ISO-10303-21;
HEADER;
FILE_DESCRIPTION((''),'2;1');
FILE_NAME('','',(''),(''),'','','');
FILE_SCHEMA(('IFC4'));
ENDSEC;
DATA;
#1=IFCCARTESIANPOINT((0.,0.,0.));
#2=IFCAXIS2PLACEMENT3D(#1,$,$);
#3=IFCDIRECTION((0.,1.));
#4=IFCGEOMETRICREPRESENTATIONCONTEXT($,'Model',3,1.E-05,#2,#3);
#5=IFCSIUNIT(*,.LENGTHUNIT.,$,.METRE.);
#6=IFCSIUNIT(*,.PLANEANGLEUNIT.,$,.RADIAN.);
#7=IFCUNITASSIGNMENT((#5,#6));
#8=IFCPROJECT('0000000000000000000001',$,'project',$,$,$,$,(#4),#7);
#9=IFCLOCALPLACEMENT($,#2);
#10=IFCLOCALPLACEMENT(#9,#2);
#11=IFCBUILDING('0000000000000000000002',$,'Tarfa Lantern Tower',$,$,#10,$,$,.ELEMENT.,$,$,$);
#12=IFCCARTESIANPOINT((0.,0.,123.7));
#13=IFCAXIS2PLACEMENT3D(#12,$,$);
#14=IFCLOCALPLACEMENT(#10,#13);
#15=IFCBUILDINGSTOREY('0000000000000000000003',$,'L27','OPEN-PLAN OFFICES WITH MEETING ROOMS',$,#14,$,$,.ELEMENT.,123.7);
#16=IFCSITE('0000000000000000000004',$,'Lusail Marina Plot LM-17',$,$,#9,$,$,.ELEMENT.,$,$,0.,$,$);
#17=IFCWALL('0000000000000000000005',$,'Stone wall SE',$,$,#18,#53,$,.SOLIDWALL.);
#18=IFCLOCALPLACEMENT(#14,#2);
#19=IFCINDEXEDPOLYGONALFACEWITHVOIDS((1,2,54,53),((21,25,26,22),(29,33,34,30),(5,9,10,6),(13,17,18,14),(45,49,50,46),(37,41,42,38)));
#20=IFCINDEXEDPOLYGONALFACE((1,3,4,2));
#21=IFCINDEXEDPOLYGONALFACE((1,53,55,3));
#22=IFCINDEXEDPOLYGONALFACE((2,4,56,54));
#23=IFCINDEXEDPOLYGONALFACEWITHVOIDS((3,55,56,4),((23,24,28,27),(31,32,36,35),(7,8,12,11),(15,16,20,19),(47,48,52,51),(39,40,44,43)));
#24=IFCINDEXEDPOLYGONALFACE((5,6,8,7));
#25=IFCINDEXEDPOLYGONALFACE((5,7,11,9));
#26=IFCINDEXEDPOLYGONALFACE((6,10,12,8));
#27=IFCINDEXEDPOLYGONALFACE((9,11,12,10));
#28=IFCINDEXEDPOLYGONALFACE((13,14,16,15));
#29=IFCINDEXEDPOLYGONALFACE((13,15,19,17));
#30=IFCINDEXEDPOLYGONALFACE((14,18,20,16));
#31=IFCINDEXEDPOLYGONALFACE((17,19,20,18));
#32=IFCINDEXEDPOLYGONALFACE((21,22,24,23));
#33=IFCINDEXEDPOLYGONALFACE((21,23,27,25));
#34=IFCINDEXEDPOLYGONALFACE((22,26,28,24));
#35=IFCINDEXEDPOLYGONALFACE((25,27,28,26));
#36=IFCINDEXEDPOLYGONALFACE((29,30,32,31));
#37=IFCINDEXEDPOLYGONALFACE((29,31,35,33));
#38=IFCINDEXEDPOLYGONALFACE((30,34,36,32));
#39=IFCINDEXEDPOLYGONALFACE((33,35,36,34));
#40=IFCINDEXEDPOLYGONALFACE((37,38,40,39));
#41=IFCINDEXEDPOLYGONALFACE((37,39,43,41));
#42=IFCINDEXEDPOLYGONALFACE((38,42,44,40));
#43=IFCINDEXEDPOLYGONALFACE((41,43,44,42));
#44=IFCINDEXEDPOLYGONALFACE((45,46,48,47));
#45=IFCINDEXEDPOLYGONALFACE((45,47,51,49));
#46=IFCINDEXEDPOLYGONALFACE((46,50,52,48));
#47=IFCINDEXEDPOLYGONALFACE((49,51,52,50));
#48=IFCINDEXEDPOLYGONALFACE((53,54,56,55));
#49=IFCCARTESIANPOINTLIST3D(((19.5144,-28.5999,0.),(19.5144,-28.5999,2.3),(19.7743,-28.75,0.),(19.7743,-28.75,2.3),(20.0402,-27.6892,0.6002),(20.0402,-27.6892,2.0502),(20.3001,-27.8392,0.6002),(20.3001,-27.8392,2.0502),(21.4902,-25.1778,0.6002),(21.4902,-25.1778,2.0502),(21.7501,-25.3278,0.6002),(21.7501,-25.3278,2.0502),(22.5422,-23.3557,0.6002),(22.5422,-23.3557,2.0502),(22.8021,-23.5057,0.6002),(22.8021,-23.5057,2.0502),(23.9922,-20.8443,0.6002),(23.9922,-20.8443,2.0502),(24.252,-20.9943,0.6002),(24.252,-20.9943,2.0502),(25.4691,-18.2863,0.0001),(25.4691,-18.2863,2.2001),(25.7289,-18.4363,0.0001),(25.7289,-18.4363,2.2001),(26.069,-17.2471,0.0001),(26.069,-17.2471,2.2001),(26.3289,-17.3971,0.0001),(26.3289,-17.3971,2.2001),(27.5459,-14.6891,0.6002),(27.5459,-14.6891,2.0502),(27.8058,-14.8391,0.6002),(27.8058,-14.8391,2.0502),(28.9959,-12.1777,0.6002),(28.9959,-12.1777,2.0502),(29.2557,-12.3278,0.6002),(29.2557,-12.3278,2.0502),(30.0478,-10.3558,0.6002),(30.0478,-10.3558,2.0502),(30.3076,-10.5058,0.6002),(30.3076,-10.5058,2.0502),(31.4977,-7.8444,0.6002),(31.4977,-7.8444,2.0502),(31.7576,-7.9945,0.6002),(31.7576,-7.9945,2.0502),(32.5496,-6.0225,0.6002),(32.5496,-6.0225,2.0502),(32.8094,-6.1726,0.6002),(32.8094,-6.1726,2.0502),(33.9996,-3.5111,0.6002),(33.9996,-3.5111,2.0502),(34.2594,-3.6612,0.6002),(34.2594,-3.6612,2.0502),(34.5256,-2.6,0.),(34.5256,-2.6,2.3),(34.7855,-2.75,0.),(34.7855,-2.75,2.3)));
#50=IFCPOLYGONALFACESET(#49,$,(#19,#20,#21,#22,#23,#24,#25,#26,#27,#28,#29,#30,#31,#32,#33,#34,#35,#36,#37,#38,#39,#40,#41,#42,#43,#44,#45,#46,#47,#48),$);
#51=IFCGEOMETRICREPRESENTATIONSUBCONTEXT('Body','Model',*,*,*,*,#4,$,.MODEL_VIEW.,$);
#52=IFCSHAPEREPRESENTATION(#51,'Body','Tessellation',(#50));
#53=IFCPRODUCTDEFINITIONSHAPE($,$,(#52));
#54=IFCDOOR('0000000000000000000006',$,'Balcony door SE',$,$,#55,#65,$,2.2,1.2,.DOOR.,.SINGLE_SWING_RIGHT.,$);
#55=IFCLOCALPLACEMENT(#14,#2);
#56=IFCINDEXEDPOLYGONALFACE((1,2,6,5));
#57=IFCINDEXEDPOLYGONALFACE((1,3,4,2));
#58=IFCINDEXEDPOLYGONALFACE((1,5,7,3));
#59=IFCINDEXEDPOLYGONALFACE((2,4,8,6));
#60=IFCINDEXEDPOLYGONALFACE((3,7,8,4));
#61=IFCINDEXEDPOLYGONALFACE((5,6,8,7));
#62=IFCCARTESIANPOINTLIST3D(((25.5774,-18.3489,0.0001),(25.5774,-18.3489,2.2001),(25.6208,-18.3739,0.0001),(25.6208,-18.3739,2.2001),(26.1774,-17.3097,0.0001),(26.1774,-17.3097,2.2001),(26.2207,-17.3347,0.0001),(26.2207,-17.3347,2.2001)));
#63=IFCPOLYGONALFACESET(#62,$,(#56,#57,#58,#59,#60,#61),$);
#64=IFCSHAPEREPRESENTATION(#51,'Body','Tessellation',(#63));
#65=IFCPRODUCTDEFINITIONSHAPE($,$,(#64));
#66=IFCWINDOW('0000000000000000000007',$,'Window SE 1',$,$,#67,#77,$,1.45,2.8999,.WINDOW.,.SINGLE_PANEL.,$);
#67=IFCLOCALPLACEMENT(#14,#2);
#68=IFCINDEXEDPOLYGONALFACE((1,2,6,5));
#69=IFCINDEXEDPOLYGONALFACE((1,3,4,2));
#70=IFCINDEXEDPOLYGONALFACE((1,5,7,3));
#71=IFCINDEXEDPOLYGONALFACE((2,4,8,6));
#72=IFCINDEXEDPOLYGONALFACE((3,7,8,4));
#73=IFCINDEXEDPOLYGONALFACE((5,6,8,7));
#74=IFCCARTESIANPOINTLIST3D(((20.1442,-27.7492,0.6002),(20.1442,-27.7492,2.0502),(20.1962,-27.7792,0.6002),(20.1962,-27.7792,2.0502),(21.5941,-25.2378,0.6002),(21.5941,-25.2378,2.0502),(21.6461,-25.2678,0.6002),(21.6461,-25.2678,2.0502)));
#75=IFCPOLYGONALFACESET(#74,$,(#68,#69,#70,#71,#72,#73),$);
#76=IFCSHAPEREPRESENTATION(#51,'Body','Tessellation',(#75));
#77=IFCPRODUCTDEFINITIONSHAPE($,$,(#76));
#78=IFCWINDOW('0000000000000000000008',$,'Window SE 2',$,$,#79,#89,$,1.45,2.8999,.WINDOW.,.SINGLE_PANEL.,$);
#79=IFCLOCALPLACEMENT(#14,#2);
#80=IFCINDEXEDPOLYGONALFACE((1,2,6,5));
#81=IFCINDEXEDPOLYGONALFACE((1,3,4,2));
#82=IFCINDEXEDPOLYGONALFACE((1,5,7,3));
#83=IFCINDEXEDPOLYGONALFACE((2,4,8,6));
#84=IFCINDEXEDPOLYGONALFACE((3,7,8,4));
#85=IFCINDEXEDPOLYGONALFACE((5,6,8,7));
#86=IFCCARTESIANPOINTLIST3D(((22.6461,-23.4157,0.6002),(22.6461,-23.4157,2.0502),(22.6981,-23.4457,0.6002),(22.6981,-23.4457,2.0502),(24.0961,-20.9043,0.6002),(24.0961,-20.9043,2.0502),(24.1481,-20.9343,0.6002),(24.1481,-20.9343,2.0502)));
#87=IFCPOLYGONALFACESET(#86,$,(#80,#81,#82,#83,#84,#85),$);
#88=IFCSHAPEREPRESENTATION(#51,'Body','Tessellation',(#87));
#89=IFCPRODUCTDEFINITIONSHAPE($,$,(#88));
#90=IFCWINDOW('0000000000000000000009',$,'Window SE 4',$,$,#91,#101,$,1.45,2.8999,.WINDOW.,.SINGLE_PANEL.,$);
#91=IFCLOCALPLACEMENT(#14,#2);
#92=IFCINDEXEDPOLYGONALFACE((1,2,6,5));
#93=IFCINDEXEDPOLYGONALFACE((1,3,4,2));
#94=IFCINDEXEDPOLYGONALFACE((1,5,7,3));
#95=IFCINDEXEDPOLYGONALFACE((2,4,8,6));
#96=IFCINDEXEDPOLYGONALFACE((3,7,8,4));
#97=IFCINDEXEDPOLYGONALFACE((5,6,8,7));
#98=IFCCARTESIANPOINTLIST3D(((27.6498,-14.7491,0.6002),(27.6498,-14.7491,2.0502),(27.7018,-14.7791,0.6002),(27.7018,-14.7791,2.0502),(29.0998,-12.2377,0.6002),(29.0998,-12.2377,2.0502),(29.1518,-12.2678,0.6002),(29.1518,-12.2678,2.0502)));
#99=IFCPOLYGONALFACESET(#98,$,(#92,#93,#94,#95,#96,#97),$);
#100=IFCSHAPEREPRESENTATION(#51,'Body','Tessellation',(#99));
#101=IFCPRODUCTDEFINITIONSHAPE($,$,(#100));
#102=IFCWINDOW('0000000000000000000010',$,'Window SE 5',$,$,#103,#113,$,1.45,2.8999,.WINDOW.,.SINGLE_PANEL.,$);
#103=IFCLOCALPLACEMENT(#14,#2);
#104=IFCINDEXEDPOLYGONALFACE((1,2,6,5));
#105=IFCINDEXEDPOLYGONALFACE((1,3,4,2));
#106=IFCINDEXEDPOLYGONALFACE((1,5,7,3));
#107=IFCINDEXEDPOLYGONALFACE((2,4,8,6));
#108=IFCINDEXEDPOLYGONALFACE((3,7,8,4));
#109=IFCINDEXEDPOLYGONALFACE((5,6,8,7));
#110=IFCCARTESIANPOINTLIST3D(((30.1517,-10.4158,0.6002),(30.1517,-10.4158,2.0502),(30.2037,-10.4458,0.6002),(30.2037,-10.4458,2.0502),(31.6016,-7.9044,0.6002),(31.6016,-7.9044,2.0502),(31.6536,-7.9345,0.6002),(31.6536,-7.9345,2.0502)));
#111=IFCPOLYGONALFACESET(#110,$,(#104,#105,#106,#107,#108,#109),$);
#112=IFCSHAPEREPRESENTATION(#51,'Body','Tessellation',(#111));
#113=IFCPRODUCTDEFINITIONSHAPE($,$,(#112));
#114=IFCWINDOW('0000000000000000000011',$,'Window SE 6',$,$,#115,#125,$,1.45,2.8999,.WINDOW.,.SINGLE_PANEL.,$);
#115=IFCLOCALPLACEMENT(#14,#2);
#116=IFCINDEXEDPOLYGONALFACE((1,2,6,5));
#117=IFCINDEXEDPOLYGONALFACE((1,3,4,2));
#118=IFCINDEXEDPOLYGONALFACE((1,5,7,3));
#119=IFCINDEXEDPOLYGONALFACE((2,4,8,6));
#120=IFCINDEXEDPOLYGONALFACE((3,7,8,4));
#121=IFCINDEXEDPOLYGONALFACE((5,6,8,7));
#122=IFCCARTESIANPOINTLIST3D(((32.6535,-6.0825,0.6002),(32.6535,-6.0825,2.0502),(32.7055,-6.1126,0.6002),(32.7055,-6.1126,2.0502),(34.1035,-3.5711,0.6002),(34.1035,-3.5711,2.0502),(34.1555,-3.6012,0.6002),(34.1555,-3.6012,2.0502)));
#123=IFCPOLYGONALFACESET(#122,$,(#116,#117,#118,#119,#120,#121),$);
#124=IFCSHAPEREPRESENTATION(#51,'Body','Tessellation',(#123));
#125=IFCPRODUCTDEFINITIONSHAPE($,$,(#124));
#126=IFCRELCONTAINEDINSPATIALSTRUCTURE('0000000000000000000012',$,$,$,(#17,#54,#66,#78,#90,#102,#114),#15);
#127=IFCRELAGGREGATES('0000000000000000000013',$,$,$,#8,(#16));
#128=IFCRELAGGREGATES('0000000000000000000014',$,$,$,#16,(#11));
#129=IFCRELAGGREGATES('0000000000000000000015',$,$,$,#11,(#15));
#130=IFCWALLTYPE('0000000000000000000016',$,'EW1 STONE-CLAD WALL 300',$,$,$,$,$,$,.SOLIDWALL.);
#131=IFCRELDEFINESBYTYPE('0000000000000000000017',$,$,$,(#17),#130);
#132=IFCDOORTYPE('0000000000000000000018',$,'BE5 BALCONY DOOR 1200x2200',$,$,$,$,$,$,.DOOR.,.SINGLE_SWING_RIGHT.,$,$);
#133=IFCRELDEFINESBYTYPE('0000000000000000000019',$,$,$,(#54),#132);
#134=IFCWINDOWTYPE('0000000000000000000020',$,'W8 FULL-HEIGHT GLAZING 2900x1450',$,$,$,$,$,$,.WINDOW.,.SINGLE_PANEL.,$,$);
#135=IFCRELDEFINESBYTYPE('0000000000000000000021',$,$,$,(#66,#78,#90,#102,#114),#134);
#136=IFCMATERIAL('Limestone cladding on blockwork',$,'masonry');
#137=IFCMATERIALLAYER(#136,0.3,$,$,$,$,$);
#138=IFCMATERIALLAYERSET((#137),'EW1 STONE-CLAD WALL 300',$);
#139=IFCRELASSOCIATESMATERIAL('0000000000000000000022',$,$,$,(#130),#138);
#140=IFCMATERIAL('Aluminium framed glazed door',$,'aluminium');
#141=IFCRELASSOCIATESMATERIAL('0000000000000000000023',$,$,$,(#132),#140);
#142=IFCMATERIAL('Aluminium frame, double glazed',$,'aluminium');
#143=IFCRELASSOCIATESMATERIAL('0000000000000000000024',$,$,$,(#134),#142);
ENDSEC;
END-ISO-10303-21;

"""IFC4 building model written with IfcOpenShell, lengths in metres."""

from ifc_helpers import new_model, si_unit, direction, frame, frame_2d, origin, place, context, subcontext, project, spatial, rectangle, extrude, material, layer, layer_set, type_object, element, fill, save


model = new_model("IFC4")

# Units and contexts
model_context = context("Model", 3, precision=1e-05, world=origin(), true_north=direction((0.0, 1.0)))
body_context = subcontext(model_context, "Body", "Model", "MODEL_VIEW")
ifc_project = project(units=[si_unit("LENGTHUNIT", "METRE"), si_unit("PLANEANGLEUNIT", "RADIAN")], contexts=[model_context])

# Site, building, storey
site_placement = place(None, origin())
site = spatial("IfcSite", under=ifc_project, at=site_placement, Name="Lusail Marina Plot LM-17", CompositionType="ELEMENT", RefElevation=0.0)
building_placement = place(site_placement, origin())
building = spatial("IfcBuilding", under=site, at=building_placement, Name="Tarfa Lantern Tower", CompositionType="ELEMENT")
storey_placement = place(building_placement, frame((0.0, 0.0, 123.7)))
storey = spatial("IfcBuildingStorey", under=building, at=storey_placement, Name="L27", Description="OPEN-PLAN OFFICES WITH MEETING ROOMS", CompositionType="ELEMENT", Elevation=123.7)

# Wall, openings, door, windows
ifc_material_1 = material(Name="Limestone cladding on blockwork", Category="masonry")
ifc_layer = layer(ifc_material_1, 0.3)
ifc_layer_set = layer_set([ifc_layer], Name="EW1 STONE-CLAD WALL 300")
wall_type = type_object("IfcWallType", Name="EW1 STONE-CLAD WALL 300", PredefinedType="SOLIDWALL", material=ifc_layer_set)
wall_placement = place(storey_placement, frame((19.6443, -28.675, 0.0), z_axis=(0.0, 0.0, 1.0), x_axis=(0.500003, 0.866024, 0.0)))
wall = element("IfcWall", 1, at=wall_placement, inside=storey, type_object=wall_type, Name="Stone wall SE", PredefinedType="SOLIDWALL", context=body_context, shape_type="SweptSolid", body=[
    extrude(rectangle(XDim=30.0222, YDim=0.3, at=frame_2d((15.0112, 0.0))), origin(), (0.0, 0.0, 1.0), 2.3),
])
opening_1_placement = place(wall_placement, frame((1.0518, 0.0, 0.6001)))
opening_1 = element("IfcOpeningElement", 2, at=opening_1_placement, cuts=wall, PredefinedType="OPENING", context=body_context, shape_type="SweptSolid", body=[
    extrude(rectangle(XDim=2.8999, YDim=1.45, at=frame_2d((1.45, 0.7251))), frame((0.0, 0.1599, 0.0), z_axis=(0.0, -1.0, 0.0), x_axis=(1.0, 0.0, 0.0)), (0.0, 0.0, 1.0), 0.3201),
])
opening_2_placement = place(wall_placement, frame((6.0557, 0.0, 0.6001)))
opening_2 = element("IfcOpeningElement", 3, at=opening_2_placement, cuts=wall, PredefinedType="OPENING", context=body_context, shape_type="SweptSolid", body=[
    extrude(rectangle(XDim=2.8999, YDim=1.45, at=frame_2d((1.45, 0.7251))), frame((0.0, 0.1599, 0.0), z_axis=(0.0, -1.0, 0.0), x_axis=(1.0, 0.0, 0.0)), (0.0, 0.0, 1.0), 0.3201),
])
opening_3_placement = place(wall_placement, frame((11.9092, 0.0, 0.0)))
opening_3 = element("IfcOpeningElement", 4, at=opening_3_placement, cuts=wall, PredefinedType="OPENING", context=body_context, shape_type="SweptSolid", body=[
    extrude(rectangle(XDim=1.2, YDim=2.2, at=frame_2d((0.6001, 1.1001))), frame((0.0, 0.1599, 0.0), z_axis=(0.0, -1.0, 0.0), x_axis=(1.0, 0.0, 0.0)), (0.0, 0.0, 1.0), 0.3201),
])
opening_4_placement = place(wall_placement, frame((16.063, 0.0, 0.6001)))
opening_4 = element("IfcOpeningElement", 5, at=opening_4_placement, cuts=wall, PredefinedType="OPENING", context=body_context, shape_type="SweptSolid", body=[
    extrude(rectangle(XDim=2.8999, YDim=1.45, at=frame_2d((1.45, 0.7251))), frame((0.0, 0.1599, 0.0), z_axis=(0.0, -1.0, 0.0), x_axis=(1.0, 0.0, 0.0)), (0.0, 0.0, 1.0), 0.3201),
])
opening_5_placement = place(wall_placement, frame((21.0667, 0.0, 0.6001)))
opening_5 = element("IfcOpeningElement", 6, at=opening_5_placement, cuts=wall, PredefinedType="OPENING", context=body_context, shape_type="SweptSolid", body=[
    extrude(rectangle(XDim=2.8999, YDim=1.45, at=frame_2d((1.45, 0.7251))), frame((0.0, 0.1599, 0.0), z_axis=(0.0, -1.0, 0.0), x_axis=(1.0, 0.0, 0.0)), (0.0, 0.0, 1.0), 0.3201),
])
opening_6_placement = place(wall_placement, frame((26.0703, 0.0, 0.6001)))
opening_6 = element("IfcOpeningElement", 7, at=opening_6_placement, cuts=wall, PredefinedType="OPENING", context=body_context, shape_type="SweptSolid", body=[
    extrude(rectangle(XDim=2.8999, YDim=1.45, at=frame_2d((1.45, 0.7251))), frame((0.0, 0.1599, 0.0), z_axis=(0.0, -1.0, 0.0), x_axis=(1.0, 0.0, 0.0)), (0.0, 0.0, 1.0), 0.3201),
])
ifc_material_2 = material(Name="Aluminium framed glazed door", Category="aluminium")
door_type = type_object("IfcDoorType", Name="BE5 BALCONY DOOR 1200x2200", OperationType="SINGLE_SWING_RIGHT", PredefinedType="DOOR", material=ifc_material_2)
door_placement = place(opening_3_placement, origin())
door = element("IfcDoor", 8, at=door_placement, inside=storey, type_object=door_type, Name="Balcony door SE", OperationType="SINGLE_SWING_RIGHT", OverallHeight=2.2, OverallWidth=1.2, PredefinedType="DOOR", context=body_context, shape_type="SweptSolid", body=[
    extrude(rectangle(XDim=1.2, YDim=2.2, at=frame_2d((0.6001, 1.1001))), frame((0.0, 0.0249, 0.0), z_axis=(0.0, -1.0, 0.0), x_axis=(1.0, 0.0, 0.0)), (0.0, 0.0, 1.0), 0.05),
])
fill(opening_3, door)
ifc_material_3 = material(Name="Aluminium frame, double glazed", Category="aluminium")
window_type = type_object("IfcWindowType", Name="W8 FULL-HEIGHT GLAZING 2900x1450", PartitioningType="SINGLE_PANEL", PredefinedType="WINDOW", material=ifc_material_3)
window_1_placement = place(opening_1_placement, origin())
window_1 = element("IfcWindow", 9, at=window_1_placement, inside=storey, type_object=window_type, Name="Window SE 1", OverallHeight=1.45, OverallWidth=2.8999, PartitioningType="SINGLE_PANEL", PredefinedType="WINDOW", context=body_context, shape_type="SweptSolid", body=[
    extrude(rectangle(XDim=2.8999, YDim=1.45, at=frame_2d((1.45, 0.7251))), frame((0.0, 0.03, 0.0), z_axis=(0.0, -1.0, 0.0), x_axis=(1.0, 0.0, 0.0)), (0.0, 0.0, 1.0), 0.0601),
])
fill(opening_1, window_1)
window_2_placement = place(opening_2_placement, origin())
window_2 = element("IfcWindow", 10, at=window_2_placement, inside=storey, type_object=window_type, Name="Window SE 2", OverallHeight=1.45, OverallWidth=2.8999, PartitioningType="SINGLE_PANEL", PredefinedType="WINDOW", context=body_context, shape_type="SweptSolid", body=[
    extrude(rectangle(XDim=2.8999, YDim=1.45, at=frame_2d((1.45, 0.7251))), frame((0.0, 0.03, 0.0), z_axis=(0.0, -1.0, 0.0), x_axis=(1.0, 0.0, 0.0)), (0.0, 0.0, 1.0), 0.0601),
])
fill(opening_2, window_2)
window_3_placement = place(opening_4_placement, origin())
window_3 = element("IfcWindow", 11, at=window_3_placement, inside=storey, type_object=window_type, Name="Window SE 4", OverallHeight=1.45, OverallWidth=2.8999, PartitioningType="SINGLE_PANEL", PredefinedType="WINDOW", context=body_context, shape_type="SweptSolid", body=[
    extrude(rectangle(XDim=2.8999, YDim=1.45, at=frame_2d((1.45, 0.7251))), frame((0.0, 0.03, 0.0), z_axis=(0.0, -1.0, 0.0), x_axis=(1.0, 0.0, 0.0)), (0.0, 0.0, 1.0), 0.0601),
])
fill(opening_4, window_3)
window_4_placement = place(opening_5_placement, origin())
window_4 = element("IfcWindow", 12, at=window_4_placement, inside=storey, type_object=window_type, Name="Window SE 5", OverallHeight=1.45, OverallWidth=2.8999, PartitioningType="SINGLE_PANEL", PredefinedType="WINDOW", context=body_context, shape_type="SweptSolid", body=[
    extrude(rectangle(XDim=2.8999, YDim=1.45, at=frame_2d((1.45, 0.7251))), frame((0.0, 0.03, 0.0), z_axis=(0.0, -1.0, 0.0), x_axis=(1.0, 0.0, 0.0)), (0.0, 0.0, 1.0), 0.0601),
])
fill(opening_5, window_4)
window_5_placement = place(opening_6_placement, origin())
window_5 = element("IfcWindow", 13, at=window_5_placement, inside=storey, type_object=window_type, Name="Window SE 6", OverallHeight=1.45, OverallWidth=2.8999, PartitioningType="SINGLE_PANEL", PredefinedType="WINDOW", context=body_context, shape_type="SweptSolid", body=[
    extrude(rectangle(XDim=2.8999, YDim=1.45, at=frame_2d((1.45, 0.7251))), frame((0.0, 0.03, 0.0), z_axis=(0.0, -1.0, 0.0), x_axis=(1.0, 0.0, 0.0)), (0.0, 0.0, 1.0), 0.0601),
])
fill(opening_6, window_5)

save(model, "model.ifc")
